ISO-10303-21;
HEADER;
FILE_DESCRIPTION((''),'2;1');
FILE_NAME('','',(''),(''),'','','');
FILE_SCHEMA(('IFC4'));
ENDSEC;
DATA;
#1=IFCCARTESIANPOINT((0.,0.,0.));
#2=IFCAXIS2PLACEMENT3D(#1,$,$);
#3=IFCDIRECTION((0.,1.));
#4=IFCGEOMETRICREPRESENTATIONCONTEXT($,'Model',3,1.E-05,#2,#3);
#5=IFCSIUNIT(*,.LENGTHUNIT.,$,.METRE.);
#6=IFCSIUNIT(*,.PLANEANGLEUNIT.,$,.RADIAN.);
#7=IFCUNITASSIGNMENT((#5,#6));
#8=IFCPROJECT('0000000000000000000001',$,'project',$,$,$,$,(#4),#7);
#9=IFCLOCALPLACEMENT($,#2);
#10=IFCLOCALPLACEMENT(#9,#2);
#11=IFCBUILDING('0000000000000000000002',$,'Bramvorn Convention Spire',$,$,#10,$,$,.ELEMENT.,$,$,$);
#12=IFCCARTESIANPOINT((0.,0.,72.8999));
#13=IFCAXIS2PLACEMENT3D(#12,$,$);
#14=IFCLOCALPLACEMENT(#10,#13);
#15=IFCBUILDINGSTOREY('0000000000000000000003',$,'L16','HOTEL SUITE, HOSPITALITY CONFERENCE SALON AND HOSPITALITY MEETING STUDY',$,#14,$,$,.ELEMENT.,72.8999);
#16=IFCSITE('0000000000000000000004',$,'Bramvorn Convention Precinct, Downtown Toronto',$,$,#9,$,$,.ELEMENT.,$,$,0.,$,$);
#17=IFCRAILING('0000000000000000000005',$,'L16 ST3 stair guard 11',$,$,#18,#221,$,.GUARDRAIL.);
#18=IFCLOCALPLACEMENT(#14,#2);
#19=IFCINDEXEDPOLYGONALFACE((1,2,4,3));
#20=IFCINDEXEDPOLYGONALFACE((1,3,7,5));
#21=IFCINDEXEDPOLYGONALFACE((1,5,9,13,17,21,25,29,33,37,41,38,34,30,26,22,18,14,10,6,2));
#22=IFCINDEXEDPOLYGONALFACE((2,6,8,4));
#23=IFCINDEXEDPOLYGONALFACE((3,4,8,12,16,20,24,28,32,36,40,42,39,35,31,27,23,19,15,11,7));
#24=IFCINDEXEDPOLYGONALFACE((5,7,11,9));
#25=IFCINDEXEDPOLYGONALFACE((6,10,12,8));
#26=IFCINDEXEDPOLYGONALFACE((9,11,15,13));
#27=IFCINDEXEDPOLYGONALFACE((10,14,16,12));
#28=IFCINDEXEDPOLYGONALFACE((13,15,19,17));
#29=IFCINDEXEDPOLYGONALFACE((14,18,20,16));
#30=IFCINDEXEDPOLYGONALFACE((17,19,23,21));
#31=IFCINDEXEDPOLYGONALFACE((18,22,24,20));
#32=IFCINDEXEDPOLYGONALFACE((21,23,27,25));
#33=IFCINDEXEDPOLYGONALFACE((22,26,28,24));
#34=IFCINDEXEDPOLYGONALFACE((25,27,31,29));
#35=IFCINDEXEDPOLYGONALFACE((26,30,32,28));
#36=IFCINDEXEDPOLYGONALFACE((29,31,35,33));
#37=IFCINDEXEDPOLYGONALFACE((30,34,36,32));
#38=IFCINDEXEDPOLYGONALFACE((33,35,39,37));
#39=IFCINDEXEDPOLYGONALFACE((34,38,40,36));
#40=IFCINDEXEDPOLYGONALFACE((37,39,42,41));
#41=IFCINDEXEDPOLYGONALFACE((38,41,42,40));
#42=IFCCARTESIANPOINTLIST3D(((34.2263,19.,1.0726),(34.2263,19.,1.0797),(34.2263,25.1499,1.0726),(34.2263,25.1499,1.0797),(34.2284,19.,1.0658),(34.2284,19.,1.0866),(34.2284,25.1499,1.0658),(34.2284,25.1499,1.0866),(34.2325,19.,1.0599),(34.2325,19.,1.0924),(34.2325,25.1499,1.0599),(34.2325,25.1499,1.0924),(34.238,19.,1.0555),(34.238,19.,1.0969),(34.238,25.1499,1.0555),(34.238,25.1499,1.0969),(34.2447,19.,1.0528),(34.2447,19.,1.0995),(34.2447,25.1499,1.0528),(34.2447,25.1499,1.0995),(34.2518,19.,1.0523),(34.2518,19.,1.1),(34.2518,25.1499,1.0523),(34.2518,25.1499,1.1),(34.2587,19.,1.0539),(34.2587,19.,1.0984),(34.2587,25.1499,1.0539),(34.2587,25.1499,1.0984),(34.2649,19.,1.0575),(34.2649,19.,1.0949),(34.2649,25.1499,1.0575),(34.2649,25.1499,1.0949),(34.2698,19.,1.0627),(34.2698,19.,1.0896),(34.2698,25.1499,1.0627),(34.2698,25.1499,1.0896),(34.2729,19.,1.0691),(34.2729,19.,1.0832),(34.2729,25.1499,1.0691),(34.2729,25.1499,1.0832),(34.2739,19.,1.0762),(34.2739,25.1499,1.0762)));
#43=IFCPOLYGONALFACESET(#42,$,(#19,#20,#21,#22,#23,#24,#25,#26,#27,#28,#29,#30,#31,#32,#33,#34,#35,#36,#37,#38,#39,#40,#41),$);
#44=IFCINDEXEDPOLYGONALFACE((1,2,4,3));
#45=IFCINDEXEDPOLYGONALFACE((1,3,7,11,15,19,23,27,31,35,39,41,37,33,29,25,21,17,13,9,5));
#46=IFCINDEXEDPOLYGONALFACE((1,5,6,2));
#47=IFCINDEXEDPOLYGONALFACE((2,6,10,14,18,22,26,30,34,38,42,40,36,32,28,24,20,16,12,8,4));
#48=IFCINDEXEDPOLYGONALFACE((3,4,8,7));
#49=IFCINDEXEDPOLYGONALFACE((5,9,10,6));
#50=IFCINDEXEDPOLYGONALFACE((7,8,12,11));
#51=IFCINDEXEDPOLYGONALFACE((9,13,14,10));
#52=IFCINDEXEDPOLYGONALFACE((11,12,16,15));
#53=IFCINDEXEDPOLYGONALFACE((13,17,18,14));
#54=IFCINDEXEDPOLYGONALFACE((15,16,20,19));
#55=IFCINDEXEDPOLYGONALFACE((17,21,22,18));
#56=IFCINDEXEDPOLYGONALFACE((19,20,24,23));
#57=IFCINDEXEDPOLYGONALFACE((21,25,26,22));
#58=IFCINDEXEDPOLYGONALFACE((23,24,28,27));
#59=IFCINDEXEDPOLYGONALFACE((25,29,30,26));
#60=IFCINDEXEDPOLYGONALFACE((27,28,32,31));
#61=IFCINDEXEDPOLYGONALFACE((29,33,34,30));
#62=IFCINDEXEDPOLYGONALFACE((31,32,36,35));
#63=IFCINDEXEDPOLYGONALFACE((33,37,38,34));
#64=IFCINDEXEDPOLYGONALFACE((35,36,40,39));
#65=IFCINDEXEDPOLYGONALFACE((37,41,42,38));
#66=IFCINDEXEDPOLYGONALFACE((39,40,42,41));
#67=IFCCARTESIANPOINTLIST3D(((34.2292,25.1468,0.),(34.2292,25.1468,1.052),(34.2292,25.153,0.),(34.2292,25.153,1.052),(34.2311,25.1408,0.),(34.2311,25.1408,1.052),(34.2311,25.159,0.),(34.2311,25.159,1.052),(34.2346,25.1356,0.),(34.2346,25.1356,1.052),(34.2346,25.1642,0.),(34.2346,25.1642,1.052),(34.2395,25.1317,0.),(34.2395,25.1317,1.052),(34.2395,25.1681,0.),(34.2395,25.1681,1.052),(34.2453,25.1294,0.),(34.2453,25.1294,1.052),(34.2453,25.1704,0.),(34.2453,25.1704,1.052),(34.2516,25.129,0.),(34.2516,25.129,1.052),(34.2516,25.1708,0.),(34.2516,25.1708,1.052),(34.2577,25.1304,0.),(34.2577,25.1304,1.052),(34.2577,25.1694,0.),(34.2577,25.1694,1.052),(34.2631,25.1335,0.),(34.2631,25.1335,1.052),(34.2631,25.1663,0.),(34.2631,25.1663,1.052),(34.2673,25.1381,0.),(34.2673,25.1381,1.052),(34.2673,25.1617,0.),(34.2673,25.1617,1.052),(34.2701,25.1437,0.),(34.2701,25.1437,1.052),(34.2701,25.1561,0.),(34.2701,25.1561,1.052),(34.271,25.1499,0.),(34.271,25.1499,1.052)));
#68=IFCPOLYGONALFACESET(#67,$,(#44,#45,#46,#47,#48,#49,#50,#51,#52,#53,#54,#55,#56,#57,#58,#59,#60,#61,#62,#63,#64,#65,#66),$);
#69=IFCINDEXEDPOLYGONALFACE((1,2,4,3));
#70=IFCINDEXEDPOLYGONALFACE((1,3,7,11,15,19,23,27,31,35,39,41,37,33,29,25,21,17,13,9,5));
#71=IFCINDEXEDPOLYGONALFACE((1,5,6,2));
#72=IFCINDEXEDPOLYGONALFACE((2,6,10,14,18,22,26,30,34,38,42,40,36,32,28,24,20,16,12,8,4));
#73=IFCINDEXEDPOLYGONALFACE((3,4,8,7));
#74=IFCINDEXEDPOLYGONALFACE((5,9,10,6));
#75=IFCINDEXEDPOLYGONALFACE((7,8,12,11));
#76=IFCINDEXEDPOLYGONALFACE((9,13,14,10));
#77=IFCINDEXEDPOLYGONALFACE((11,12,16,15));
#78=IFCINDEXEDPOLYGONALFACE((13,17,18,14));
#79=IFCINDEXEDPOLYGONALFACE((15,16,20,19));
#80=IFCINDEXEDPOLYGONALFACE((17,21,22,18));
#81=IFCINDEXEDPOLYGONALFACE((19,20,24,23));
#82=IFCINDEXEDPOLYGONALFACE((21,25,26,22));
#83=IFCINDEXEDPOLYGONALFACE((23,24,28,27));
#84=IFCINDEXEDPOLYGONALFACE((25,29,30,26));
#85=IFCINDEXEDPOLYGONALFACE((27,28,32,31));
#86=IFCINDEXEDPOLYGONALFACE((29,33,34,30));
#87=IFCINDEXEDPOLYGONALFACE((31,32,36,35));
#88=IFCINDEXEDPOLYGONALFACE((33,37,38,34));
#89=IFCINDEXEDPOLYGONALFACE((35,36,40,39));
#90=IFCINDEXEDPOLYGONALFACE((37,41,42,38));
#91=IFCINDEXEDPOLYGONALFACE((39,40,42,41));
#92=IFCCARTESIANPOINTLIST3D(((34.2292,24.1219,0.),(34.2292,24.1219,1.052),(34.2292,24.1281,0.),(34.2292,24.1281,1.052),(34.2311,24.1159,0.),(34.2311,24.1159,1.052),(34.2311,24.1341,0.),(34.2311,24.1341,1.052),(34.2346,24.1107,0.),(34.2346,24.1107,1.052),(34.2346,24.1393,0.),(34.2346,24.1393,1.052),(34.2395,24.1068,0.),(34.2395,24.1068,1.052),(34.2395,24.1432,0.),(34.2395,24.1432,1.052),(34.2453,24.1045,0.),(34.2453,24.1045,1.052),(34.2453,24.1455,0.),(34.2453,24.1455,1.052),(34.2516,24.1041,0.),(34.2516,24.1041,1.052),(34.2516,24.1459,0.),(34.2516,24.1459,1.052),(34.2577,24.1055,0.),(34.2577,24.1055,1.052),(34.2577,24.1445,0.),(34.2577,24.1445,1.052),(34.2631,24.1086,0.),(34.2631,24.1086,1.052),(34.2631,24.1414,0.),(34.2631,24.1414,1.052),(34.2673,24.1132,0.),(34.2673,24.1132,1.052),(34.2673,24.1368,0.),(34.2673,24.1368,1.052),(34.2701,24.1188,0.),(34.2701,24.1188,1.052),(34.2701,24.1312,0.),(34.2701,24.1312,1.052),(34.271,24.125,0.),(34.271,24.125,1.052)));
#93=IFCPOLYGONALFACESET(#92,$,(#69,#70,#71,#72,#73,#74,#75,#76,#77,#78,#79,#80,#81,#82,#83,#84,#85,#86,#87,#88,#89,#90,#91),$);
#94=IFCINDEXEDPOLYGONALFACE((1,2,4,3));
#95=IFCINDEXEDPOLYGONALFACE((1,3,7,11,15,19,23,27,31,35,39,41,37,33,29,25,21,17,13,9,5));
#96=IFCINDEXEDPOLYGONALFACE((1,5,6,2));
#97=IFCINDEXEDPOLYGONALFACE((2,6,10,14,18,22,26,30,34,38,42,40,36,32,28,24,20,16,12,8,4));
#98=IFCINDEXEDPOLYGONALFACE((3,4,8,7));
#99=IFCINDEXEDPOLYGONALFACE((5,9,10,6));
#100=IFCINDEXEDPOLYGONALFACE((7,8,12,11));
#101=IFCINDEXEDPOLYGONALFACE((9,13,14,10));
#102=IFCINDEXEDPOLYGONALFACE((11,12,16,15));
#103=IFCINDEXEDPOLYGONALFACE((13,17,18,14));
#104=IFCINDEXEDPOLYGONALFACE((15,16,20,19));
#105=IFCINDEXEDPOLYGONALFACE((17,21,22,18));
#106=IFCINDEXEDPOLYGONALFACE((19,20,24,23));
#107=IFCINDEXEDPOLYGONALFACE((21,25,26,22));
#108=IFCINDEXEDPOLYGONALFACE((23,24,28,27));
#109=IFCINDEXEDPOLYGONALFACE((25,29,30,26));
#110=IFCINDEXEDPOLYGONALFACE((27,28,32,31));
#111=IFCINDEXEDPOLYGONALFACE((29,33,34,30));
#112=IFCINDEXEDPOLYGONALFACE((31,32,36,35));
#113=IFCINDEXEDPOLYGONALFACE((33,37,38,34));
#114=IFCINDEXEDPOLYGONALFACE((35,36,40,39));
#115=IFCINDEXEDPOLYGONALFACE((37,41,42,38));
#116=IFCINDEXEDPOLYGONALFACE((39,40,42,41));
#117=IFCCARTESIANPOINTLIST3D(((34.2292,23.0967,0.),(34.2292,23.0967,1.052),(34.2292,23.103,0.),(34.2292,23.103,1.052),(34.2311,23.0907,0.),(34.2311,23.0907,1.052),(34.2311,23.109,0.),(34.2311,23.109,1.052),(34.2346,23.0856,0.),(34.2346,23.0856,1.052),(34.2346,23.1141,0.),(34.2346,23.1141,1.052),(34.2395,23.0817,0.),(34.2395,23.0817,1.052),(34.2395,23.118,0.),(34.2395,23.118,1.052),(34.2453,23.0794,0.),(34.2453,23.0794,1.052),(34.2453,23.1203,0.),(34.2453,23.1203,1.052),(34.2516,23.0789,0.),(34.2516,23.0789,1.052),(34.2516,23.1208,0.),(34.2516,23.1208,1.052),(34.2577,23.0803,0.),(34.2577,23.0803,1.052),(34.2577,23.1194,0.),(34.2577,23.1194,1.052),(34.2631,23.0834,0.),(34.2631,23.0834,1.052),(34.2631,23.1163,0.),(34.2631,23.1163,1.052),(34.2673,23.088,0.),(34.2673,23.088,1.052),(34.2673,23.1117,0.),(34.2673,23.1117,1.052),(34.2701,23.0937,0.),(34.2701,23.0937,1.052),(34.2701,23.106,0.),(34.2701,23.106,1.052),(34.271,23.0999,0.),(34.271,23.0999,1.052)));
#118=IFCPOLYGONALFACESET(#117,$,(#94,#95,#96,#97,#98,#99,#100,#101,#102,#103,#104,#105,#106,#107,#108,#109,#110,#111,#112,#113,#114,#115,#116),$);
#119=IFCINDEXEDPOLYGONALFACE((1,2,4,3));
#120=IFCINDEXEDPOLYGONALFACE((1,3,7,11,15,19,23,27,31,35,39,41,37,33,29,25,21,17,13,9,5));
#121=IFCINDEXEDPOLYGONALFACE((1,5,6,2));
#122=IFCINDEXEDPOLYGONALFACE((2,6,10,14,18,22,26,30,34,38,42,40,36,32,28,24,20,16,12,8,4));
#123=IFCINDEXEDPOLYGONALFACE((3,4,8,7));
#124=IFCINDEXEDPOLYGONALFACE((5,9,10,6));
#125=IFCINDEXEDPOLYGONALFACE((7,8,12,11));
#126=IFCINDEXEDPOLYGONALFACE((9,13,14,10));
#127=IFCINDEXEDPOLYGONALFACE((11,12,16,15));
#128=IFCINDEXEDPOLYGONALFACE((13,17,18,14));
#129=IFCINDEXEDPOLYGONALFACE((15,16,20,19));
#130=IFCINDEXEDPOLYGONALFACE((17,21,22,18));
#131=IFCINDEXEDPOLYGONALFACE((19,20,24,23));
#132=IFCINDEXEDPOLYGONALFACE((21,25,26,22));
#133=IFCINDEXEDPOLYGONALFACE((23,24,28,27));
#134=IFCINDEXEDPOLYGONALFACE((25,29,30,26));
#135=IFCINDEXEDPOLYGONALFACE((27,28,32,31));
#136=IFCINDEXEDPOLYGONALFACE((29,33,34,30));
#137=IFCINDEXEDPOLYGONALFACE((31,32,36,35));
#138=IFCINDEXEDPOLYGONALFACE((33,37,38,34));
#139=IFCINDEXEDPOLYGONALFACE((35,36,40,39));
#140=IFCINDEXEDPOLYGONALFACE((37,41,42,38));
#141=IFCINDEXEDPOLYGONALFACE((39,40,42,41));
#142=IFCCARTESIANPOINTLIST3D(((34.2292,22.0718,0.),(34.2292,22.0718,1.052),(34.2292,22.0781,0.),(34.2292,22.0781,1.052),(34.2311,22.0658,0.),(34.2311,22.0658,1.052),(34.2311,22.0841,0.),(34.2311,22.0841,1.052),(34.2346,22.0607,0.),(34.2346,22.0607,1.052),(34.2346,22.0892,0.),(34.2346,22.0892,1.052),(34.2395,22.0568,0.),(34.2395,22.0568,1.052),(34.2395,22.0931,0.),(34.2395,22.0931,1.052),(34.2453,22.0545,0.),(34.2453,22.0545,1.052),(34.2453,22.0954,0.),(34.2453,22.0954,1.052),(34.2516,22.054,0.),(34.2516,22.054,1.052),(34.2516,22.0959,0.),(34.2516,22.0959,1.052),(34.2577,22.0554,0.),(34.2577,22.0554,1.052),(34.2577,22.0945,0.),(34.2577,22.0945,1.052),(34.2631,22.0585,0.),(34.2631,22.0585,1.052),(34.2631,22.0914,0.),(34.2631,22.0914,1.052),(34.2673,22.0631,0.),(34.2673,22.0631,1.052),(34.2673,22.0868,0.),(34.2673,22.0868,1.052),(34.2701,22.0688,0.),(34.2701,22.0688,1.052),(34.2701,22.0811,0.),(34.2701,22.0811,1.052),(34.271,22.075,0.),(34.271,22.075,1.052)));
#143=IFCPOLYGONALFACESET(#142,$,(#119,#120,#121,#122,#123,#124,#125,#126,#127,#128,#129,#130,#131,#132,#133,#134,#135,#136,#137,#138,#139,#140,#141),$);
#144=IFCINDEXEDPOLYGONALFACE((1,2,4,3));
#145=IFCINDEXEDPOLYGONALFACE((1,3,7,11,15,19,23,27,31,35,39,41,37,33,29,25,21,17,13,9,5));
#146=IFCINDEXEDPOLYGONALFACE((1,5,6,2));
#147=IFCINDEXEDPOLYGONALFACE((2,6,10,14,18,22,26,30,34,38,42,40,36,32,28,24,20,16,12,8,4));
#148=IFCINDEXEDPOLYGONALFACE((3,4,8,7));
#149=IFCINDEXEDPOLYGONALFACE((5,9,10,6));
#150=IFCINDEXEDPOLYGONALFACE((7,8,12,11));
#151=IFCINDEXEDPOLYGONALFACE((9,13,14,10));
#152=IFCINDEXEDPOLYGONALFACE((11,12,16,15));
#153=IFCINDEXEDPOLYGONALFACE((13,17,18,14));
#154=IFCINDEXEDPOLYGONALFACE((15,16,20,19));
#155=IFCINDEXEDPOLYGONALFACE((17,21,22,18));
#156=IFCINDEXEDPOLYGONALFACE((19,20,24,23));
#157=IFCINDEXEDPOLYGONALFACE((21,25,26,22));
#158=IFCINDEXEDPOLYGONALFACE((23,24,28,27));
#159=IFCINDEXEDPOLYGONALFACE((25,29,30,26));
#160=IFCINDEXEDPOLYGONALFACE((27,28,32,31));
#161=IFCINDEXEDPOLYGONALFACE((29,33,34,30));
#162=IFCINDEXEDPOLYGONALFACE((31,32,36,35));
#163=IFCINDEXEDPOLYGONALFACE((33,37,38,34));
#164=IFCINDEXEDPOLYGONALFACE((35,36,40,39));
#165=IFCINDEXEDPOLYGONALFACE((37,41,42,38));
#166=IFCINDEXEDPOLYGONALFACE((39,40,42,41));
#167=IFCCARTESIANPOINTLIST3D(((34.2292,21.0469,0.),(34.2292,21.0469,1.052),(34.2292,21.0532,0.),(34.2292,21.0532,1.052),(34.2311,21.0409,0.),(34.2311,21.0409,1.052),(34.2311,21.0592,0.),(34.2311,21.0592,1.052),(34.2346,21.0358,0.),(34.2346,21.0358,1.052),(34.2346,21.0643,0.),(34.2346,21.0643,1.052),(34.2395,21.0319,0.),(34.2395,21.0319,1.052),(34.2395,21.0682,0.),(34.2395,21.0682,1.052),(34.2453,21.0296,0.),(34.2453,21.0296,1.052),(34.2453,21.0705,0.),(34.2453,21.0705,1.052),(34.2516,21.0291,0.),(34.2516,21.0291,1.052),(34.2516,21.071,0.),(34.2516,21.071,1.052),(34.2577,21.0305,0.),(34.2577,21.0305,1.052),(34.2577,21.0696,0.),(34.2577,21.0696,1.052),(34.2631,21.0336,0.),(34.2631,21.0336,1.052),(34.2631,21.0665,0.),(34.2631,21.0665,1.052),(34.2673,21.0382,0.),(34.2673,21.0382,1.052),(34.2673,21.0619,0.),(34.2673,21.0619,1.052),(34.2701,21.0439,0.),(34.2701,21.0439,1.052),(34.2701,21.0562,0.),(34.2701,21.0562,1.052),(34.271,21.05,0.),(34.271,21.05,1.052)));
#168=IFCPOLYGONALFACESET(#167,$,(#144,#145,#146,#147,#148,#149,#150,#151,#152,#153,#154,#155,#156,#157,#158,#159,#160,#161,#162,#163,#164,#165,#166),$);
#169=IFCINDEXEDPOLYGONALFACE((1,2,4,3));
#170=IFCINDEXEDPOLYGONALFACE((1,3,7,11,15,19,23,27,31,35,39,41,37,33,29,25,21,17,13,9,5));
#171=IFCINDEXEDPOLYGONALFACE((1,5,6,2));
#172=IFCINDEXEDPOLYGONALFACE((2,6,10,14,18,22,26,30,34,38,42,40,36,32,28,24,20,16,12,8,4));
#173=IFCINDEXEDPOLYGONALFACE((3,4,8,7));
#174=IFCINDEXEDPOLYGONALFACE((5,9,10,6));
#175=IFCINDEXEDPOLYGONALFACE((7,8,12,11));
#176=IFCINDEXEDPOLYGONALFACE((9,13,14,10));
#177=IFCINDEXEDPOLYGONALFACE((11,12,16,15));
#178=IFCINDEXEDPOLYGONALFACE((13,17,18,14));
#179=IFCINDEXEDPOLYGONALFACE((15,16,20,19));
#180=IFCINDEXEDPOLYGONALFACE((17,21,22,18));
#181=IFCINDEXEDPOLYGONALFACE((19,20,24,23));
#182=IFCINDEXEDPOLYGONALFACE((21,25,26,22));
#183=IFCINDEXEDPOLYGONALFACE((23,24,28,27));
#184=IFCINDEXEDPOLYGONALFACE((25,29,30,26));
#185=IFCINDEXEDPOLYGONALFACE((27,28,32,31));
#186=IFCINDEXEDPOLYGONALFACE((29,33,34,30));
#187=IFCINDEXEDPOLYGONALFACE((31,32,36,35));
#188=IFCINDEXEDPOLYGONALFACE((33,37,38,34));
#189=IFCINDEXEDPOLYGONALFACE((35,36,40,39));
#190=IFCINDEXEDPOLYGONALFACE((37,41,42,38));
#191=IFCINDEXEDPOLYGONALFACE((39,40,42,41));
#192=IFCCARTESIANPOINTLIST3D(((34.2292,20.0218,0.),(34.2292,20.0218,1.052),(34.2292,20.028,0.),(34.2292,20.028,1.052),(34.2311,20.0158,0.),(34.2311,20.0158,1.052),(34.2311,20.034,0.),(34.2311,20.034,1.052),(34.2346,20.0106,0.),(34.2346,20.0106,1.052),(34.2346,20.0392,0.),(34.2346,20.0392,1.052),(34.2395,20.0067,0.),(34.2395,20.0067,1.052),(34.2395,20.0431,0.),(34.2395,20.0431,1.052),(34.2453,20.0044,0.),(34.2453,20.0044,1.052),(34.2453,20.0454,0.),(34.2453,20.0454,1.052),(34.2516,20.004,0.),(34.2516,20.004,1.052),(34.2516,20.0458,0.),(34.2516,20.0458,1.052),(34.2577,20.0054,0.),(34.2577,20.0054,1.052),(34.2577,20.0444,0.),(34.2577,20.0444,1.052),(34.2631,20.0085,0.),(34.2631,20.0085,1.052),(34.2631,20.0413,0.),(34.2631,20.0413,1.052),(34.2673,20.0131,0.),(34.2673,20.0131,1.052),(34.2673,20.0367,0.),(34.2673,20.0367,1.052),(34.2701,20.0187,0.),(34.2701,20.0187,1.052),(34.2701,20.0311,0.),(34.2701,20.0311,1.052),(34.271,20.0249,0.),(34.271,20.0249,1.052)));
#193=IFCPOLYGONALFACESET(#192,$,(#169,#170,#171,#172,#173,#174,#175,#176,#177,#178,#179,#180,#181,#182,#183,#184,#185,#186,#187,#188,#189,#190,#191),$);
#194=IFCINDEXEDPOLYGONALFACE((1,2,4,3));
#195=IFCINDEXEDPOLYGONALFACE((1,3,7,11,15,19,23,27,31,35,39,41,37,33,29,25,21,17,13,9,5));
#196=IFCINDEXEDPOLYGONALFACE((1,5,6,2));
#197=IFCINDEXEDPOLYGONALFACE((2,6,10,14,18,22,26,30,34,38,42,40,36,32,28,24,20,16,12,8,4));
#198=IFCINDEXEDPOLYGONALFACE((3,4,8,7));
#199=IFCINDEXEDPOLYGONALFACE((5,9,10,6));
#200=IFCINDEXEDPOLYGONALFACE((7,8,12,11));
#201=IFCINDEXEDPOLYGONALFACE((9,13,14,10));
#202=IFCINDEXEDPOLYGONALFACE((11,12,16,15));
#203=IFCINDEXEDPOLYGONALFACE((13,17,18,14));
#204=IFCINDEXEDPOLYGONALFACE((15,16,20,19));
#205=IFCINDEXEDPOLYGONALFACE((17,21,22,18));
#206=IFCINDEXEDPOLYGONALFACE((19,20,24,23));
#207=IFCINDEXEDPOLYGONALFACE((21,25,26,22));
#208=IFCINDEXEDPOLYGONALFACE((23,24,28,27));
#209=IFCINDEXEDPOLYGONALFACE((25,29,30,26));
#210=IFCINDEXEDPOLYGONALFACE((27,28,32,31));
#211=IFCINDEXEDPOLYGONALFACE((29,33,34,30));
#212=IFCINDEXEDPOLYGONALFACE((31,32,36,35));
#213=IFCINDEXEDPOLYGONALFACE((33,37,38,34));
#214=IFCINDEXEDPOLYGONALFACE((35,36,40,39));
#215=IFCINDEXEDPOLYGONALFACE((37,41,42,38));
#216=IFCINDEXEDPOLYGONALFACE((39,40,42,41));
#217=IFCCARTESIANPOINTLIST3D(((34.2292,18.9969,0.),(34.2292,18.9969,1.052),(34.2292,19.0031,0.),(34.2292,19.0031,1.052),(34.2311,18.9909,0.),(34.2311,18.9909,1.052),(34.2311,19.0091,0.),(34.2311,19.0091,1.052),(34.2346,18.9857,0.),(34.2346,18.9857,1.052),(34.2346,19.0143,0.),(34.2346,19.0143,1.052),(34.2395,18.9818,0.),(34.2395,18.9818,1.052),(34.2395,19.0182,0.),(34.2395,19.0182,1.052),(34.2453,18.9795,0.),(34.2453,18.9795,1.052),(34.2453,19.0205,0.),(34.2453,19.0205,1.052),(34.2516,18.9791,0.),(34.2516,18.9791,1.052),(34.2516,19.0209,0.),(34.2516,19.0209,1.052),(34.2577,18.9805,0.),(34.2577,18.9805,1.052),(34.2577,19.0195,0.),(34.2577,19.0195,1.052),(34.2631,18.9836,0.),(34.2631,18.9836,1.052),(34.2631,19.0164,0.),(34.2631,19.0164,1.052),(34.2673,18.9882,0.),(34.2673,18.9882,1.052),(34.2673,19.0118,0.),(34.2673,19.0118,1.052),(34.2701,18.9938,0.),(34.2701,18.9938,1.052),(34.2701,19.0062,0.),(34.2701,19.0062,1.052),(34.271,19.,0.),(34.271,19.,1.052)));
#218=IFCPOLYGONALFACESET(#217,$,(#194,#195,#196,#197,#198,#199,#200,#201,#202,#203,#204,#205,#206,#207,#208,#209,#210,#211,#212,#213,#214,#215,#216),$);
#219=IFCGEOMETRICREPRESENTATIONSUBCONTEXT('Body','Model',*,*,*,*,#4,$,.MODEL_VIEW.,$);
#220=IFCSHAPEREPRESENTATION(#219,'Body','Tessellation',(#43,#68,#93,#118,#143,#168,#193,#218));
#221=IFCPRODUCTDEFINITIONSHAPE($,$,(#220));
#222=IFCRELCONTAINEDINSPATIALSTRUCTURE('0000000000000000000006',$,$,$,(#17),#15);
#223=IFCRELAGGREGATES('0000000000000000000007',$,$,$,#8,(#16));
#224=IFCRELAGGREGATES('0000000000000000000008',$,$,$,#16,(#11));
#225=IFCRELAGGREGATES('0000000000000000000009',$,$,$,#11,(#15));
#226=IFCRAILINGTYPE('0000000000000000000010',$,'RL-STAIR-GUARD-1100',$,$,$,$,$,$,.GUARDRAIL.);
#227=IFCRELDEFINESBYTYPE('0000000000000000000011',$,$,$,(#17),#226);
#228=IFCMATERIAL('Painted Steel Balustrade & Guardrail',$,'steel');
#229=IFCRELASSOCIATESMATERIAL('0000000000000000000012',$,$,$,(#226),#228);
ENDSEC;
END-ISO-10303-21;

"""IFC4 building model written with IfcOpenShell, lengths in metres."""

from ifc_helpers import new_model, si_unit, direction, frame, origin, origin_2d, place, context, subcontext, project, spatial, circle, extrude, material, type_object, element, save


model = new_model("IFC4")

# Units and contexts
model_context = context("Model", 3, precision=1e-05, world=origin(), true_north=direction((0.0, 1.0)))
body_context = subcontext(model_context, "Body", "Model", "MODEL_VIEW")
ifc_project = project(units=[si_unit("LENGTHUNIT", "METRE"), si_unit("PLANEANGLEUNIT", "RADIAN")], contexts=[model_context])

# Site, building, storey
site_placement = place(None, origin())
site = spatial("IfcSite", under=ifc_project, at=site_placement, Name="Bramvorn Convention Precinct, Downtown Toronto", CompositionType="ELEMENT", RefElevation=0.0)
building_placement = place(site_placement, origin())
building = spatial("IfcBuilding", under=site, at=building_placement, Name="Bramvorn Convention Spire", CompositionType="ELEMENT")
storey_placement = place(building_placement, frame((0.0, 0.0, 72.8999)))
storey = spatial("IfcBuildingStorey", under=building, at=storey_placement, Name="L16", Description="HOTEL SUITE, HOSPITALITY CONFERENCE SALON AND HOSPITALITY MEETING STUDY", CompositionType="ELEMENT", Elevation=72.8999)

# Railing
ifc_material_1 = material(Name="Painted Steel Balustrade & Guardrail", Category="steel")
railing_type_1 = type_object("IfcRailingType", Name="RL-STAIR-GUARD-1100", PredefinedType="GUARDRAIL", material=ifc_material_1)
railing_1_placement = place(storey_placement, frame((34.25, 25.1499, 0.0)))
element("IfcRailing", 1, at=railing_1_placement, inside=storey, type_object=railing_type_1, Name="L16 ST3 stair guard 11", PredefinedType="GUARDRAIL", context=body_context, shape_type="SweptSolid", body=[
    extrude(circle(Radius=0.0239, at=origin_2d()), frame((0.0, 0.0, 1.0762), z_axis=(0.0, -1.0, 0.0), x_axis=(1.0, 0.0, 0.0)), (0.0, 0.0, 1.0), 6.1499),
    extrude(circle(Radius=0.021, at=origin_2d()), origin(), (0.0, 0.0, 1.0), 1.052),
    extrude(circle(Radius=0.021, at=origin_2d()), frame((0.0, -1.0249, 0.0)), (0.0, 0.0, 1.0), 1.052),
    extrude(circle(Radius=0.021, at=origin_2d()), frame((0.0, -2.05, 0.0)), (0.0, 0.0, 1.0), 1.052),
    extrude(circle(Radius=0.021, at=origin_2d()), frame((0.0, -3.075, 0.0)), (0.0, 0.0, 1.0), 1.052),
    extrude(circle(Radius=0.021, at=origin_2d()), frame((0.0, -4.0999, 0.0)), (0.0, 0.0, 1.0), 1.052),
    extrude(circle(Radius=0.021, at=origin_2d()), frame((0.0, -5.125, 0.0)), (0.0, 0.0, 1.0), 1.052),
    extrude(circle(Radius=0.021, at=origin_2d()), frame((0.0, -6.1499, 0.0)), (0.0, 0.0, 1.0), 1.052),
])

save(model, "model.ifc")
